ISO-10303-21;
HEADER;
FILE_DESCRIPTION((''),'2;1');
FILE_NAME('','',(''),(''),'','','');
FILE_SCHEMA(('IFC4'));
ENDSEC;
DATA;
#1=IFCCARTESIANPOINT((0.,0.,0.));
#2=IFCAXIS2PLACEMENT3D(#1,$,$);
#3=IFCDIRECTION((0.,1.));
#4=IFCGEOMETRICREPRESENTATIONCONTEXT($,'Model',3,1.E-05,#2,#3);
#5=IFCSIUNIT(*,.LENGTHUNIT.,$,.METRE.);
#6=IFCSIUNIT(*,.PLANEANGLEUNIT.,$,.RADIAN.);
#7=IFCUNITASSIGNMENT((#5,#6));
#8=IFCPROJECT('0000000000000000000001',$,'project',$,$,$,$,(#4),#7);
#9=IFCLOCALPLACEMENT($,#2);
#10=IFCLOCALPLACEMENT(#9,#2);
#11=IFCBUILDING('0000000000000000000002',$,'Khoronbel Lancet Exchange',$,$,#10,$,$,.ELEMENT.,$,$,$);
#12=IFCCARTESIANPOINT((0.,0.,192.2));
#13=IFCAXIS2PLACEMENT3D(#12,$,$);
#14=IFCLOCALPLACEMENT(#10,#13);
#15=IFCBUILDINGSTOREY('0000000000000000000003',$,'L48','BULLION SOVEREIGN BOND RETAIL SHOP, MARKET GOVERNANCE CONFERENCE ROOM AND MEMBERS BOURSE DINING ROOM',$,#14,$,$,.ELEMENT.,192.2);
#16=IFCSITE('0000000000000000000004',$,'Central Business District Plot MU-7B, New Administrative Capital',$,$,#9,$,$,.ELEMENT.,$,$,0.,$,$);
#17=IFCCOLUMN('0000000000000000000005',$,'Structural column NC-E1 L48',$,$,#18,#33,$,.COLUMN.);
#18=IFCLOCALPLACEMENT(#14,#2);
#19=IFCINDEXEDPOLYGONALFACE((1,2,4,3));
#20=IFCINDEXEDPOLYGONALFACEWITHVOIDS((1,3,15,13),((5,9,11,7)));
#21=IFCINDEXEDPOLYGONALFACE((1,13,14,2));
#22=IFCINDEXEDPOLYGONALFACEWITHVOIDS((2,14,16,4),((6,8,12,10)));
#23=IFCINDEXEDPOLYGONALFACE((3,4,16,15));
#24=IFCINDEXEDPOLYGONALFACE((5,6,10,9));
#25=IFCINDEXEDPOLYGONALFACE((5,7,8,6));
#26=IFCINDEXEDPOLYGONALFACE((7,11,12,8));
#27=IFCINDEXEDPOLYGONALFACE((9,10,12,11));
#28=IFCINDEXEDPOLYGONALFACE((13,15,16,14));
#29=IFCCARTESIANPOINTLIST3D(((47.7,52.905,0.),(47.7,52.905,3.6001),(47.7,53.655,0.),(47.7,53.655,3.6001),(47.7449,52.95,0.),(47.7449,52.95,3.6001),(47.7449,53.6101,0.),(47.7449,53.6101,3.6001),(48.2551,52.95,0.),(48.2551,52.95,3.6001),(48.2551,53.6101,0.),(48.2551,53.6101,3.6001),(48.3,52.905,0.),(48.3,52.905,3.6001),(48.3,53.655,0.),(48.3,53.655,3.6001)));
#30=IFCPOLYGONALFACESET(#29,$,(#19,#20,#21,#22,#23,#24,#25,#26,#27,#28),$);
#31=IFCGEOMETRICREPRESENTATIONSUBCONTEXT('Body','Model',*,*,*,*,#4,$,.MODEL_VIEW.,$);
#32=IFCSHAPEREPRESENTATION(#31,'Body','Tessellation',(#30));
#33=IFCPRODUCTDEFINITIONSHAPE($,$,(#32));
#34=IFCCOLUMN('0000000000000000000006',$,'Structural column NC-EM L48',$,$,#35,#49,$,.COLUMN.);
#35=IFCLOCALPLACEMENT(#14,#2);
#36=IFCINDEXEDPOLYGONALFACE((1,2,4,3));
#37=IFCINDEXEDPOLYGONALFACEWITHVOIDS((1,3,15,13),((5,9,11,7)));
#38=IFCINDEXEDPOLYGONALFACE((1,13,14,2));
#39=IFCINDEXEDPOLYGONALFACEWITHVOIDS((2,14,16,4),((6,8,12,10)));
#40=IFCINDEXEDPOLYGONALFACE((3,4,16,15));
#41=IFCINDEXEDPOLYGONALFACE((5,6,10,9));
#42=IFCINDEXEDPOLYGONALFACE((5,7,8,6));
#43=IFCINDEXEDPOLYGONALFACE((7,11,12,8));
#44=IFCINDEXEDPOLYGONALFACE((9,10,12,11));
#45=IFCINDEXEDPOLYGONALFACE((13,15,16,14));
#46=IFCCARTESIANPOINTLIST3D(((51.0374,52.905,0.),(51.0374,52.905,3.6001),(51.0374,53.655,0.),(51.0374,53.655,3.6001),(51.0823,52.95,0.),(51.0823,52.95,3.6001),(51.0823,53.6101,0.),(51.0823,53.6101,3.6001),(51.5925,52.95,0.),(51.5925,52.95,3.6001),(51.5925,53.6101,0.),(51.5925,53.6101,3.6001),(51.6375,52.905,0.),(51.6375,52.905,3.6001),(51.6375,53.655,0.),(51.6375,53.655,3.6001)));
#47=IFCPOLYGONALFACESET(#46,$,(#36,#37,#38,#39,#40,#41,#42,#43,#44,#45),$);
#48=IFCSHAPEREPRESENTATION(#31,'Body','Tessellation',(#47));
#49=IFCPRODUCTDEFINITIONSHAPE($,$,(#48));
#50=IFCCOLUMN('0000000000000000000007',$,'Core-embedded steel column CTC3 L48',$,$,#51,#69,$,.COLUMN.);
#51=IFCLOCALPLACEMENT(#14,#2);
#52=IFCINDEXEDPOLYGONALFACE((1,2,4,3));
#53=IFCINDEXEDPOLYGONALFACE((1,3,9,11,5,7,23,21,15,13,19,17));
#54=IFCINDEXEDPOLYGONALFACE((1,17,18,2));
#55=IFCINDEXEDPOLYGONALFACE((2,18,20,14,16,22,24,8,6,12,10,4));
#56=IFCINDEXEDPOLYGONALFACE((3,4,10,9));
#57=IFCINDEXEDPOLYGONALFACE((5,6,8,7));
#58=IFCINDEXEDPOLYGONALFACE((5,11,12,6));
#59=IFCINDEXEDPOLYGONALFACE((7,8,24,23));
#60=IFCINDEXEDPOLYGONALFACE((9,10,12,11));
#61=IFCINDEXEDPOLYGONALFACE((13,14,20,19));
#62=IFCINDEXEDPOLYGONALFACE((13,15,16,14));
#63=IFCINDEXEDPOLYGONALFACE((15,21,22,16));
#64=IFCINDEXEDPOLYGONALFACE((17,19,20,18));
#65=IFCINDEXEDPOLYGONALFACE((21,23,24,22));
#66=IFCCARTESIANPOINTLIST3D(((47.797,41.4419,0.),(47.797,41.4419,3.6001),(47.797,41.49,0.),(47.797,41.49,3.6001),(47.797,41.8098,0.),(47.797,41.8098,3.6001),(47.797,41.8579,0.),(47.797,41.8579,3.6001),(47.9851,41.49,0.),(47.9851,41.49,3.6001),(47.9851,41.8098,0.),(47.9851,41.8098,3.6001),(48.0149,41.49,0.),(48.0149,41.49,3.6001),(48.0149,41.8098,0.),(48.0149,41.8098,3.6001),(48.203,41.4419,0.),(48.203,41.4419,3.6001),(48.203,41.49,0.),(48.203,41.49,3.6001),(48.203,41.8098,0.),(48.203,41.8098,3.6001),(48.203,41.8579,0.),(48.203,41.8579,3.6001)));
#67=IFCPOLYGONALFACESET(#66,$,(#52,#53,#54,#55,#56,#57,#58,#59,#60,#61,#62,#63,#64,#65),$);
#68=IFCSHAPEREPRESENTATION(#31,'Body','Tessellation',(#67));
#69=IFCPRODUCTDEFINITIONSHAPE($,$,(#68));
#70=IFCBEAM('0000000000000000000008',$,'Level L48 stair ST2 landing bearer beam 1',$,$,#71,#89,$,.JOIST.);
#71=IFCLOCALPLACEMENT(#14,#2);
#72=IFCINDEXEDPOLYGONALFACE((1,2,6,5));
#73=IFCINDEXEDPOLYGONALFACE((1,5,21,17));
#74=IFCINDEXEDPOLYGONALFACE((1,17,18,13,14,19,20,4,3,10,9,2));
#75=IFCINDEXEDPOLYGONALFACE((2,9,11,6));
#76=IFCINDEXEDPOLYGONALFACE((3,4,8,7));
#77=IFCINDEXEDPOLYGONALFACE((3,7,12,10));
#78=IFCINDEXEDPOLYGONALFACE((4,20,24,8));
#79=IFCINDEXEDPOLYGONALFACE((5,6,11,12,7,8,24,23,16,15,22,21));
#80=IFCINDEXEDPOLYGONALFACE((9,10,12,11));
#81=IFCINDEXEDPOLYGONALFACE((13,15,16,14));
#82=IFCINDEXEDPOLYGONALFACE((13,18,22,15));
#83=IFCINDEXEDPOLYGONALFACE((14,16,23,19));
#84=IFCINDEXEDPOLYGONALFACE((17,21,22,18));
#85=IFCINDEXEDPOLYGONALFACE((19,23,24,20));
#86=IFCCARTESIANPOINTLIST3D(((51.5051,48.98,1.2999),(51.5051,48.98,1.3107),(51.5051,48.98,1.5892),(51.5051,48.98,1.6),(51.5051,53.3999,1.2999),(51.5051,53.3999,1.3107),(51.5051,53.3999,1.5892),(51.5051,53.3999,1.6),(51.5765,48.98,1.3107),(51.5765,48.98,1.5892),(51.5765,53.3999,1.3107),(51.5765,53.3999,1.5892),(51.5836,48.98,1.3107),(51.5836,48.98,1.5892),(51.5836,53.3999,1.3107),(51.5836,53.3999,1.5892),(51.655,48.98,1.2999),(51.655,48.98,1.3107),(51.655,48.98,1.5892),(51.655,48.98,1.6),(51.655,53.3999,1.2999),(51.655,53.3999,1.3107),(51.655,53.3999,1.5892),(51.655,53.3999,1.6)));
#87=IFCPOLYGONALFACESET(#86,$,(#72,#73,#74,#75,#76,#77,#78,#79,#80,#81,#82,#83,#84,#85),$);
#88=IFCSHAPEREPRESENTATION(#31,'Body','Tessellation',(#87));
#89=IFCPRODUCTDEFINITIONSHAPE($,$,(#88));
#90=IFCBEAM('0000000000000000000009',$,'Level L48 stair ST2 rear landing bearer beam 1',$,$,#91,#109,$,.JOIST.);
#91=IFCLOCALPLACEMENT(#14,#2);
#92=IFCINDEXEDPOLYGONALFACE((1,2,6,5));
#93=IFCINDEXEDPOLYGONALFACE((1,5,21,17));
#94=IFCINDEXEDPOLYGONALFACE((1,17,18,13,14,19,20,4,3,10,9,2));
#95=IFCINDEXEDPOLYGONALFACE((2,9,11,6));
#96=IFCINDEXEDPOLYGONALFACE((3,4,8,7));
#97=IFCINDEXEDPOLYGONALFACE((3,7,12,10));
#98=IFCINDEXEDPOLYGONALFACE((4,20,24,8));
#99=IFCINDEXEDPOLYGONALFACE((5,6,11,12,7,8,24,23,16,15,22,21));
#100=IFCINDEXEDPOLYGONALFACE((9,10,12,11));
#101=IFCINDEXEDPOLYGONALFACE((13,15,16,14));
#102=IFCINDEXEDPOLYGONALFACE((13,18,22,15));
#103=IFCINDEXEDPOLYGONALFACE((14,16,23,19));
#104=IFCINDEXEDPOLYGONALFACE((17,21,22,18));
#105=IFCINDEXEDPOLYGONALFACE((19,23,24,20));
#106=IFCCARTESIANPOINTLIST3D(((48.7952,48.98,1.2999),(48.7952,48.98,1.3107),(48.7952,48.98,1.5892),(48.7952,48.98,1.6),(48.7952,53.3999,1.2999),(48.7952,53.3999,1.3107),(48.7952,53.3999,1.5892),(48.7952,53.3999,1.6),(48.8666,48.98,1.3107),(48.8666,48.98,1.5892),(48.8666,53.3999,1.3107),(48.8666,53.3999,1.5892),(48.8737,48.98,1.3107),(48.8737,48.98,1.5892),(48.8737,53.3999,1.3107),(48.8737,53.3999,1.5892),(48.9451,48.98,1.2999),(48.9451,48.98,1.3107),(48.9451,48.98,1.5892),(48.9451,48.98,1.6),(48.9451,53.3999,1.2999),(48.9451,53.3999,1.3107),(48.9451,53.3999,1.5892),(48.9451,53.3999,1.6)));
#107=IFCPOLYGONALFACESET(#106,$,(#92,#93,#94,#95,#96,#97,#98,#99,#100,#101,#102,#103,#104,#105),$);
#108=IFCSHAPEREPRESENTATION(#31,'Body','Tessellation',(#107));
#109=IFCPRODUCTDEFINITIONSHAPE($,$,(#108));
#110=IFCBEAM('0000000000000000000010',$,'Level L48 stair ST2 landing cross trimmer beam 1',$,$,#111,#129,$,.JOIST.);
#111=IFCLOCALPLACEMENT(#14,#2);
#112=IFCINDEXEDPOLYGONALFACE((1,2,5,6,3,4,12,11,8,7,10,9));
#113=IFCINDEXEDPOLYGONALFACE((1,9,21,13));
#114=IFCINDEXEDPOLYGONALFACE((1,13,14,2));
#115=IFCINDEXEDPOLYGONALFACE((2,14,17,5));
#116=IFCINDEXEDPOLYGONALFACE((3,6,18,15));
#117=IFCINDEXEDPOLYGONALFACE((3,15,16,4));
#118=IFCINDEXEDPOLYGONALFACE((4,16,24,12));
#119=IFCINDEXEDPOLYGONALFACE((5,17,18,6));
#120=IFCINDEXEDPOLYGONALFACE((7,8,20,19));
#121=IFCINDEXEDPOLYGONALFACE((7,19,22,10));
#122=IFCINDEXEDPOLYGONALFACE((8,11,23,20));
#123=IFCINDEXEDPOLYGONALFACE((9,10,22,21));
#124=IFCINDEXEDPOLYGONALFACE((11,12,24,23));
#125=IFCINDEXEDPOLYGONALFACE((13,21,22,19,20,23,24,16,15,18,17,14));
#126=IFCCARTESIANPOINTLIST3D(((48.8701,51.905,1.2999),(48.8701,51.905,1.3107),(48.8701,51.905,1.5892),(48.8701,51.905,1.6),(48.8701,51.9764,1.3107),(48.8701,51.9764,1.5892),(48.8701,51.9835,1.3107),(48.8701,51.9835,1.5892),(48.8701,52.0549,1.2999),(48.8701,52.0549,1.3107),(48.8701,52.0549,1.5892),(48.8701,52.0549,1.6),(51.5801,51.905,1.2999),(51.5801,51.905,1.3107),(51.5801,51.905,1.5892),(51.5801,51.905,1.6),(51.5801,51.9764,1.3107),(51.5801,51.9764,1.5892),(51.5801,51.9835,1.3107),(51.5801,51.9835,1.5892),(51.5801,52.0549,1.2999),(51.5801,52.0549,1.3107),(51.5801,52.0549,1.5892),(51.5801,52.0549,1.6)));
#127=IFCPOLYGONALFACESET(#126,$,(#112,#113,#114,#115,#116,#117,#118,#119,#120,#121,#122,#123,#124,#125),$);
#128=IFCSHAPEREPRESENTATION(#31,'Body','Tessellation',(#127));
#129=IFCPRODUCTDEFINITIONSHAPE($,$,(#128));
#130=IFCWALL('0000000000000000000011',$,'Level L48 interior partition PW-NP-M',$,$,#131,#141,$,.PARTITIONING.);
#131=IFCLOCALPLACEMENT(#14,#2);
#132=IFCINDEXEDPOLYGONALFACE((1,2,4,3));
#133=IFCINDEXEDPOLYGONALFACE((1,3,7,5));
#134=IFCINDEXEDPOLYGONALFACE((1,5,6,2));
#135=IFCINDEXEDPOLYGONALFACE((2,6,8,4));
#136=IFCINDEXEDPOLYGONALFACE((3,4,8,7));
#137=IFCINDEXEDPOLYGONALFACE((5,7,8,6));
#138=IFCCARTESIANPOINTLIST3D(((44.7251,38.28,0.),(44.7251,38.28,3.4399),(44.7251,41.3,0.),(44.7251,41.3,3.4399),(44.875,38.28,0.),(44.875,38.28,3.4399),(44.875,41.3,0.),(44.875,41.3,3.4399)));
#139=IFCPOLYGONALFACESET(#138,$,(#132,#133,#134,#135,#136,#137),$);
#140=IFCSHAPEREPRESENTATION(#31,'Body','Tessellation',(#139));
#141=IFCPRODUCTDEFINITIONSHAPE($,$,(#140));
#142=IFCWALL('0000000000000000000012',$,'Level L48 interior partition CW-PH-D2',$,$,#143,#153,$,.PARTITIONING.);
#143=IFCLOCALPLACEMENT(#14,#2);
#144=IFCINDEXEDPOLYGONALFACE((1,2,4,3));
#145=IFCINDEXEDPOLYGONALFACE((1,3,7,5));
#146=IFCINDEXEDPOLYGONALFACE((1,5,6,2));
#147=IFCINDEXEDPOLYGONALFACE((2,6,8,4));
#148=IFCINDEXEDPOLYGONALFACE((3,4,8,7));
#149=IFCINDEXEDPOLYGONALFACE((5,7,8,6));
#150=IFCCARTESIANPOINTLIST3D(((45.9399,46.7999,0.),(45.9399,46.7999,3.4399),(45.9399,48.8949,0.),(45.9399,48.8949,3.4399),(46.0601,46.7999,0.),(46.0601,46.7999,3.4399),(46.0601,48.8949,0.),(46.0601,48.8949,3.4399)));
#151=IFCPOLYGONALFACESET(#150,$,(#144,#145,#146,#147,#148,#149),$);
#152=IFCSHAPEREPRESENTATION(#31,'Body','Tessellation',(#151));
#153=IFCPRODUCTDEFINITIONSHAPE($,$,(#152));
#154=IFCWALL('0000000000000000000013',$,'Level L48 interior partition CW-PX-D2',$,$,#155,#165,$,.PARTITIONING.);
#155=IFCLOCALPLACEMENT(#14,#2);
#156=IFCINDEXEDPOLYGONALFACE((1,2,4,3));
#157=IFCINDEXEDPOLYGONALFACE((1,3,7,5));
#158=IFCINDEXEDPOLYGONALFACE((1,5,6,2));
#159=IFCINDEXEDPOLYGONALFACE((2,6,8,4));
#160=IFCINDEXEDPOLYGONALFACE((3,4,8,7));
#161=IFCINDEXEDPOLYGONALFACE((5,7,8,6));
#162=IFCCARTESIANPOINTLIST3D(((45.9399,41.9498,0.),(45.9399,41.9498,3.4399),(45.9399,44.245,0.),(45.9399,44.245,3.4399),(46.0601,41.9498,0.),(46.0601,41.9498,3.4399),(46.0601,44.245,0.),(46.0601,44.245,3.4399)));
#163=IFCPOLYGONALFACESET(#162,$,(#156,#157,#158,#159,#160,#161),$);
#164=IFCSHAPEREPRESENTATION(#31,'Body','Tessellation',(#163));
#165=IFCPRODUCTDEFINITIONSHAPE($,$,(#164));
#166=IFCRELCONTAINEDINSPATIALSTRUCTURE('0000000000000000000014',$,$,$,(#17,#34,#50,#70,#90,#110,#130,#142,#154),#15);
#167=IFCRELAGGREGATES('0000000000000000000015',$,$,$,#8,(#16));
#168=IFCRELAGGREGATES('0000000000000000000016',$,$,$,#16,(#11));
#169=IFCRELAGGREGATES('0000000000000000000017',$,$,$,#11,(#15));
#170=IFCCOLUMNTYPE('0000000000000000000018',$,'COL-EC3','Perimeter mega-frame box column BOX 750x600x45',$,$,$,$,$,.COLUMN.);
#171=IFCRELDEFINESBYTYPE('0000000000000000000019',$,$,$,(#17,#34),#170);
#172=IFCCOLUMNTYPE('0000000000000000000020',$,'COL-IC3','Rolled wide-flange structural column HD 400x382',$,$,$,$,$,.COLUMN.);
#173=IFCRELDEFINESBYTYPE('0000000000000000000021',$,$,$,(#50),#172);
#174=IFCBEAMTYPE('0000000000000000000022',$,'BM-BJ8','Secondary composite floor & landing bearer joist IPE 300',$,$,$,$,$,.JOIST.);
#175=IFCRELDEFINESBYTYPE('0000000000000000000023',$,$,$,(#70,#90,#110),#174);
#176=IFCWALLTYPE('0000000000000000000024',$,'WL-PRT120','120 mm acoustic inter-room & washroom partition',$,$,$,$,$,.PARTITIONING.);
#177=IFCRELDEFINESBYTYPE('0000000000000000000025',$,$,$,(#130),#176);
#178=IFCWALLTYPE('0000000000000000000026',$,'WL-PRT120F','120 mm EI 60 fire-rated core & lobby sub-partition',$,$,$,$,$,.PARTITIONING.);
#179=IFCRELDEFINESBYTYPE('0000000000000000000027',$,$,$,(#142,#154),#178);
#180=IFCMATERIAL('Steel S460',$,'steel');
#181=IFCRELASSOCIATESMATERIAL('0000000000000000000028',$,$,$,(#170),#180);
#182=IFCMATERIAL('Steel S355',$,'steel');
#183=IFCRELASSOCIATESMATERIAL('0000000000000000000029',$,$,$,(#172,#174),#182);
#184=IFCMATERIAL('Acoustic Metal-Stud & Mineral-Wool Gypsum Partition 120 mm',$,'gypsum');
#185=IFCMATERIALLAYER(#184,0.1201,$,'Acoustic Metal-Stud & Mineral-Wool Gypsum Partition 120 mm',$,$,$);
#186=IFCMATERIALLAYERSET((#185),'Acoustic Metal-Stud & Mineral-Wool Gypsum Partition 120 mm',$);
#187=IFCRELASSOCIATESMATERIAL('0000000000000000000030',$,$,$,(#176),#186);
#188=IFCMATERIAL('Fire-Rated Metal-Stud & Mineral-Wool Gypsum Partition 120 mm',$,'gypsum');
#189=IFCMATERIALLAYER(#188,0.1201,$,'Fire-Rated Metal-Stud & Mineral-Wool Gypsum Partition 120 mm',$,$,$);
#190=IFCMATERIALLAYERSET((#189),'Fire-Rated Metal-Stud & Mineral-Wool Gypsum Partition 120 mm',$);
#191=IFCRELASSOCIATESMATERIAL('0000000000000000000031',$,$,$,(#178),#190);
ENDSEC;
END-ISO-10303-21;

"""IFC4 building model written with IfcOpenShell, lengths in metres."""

from ifc_helpers import new_model, si_unit, direction, frame, frame_2d, origin, origin_2d, place, context, subcontext, project, spatial, rectangle, hollow_rectangle, i_section, extrude, material, layer, layer_set, material_profile, profile_set, type_object, element, save


model = new_model("IFC4")

# Units and contexts
model_context = context("Model", 3, precision=1e-05, world=origin(), true_north=direction((0.0, 1.0)))
body_context = subcontext(model_context, "Body", "Model", "MODEL_VIEW")
ifc_project = project(units=[si_unit("LENGTHUNIT", "METRE"), si_unit("PLANEANGLEUNIT", "RADIAN")], contexts=[model_context])

# Site, building, storey
site_placement = place(None, origin())
site = spatial("IfcSite", under=ifc_project, at=site_placement, Name="Central Business District Plot MU-7B, New Administrative Capital", CompositionType="ELEMENT", RefElevation=0.0)
building_placement = place(site_placement, origin())
building = spatial("IfcBuilding", under=site, at=building_placement, Name="Khoronbel Lancet Exchange", CompositionType="ELEMENT")
storey_placement = place(building_placement, frame((0.0, 0.0, 192.2)))
storey = spatial("IfcBuildingStorey", under=building, at=storey_placement, Name="L48", Description="BULLION SOVEREIGN BOND RETAIL SHOP, MARKET GOVERNANCE CONFERENCE ROOM AND MEMBERS BOURSE DINING ROOM", CompositionType="ELEMENT", Elevation=192.2)

# Columns
ifc_material_1 = material(Name="Steel S460", Category="steel")
ifc_material_profile_1 = material_profile(ifc_material_1, hollow_rectangle(XDim=0.6001, YDim=0.75, WallThickness=0.0449, at=origin_2d()), Name="BOX 750x600x45")
ifc_profile_set_1 = profile_set([ifc_material_profile_1], Name="Steel S460")
column_type_1 = type_object("IfcColumnType", Name="COL-EC3", Description="Perimeter mega-frame box column BOX 750x600x45", PredefinedType="COLUMN", material=ifc_profile_set_1)
for number, where, z_axis, x_axis, name in (
    (1, (48.0, 53.28, 0.0), (0.0, 0.0, 1.0), (1.0, 0.0, 0.0), "Structural column NC-E1 L48"),
    (2, (51.3374, 53.28, 0.0), (0.0, 0.0, 1.0), (1.0, 0.0, 0.0), "Structural column NC-EM L48"),
):
    element("IfcColumn", number, at=place(storey_placement, frame(where, z_axis=z_axis, x_axis=x_axis)), inside=storey, type_object=column_type_1, Name=name, PredefinedType="COLUMN", context=body_context, shape_type="SweptSolid", body=[
        extrude(hollow_rectangle(XDim=0.6001, YDim=0.75, WallThickness=0.0449, at=origin_2d()), origin(), (0.0, 0.0, 1.0), 3.6001),
    ])
ifc_material_2 = material(Name="Steel S355", Category="steel")
ifc_material_profile_2 = material_profile(ifc_material_2, i_section(OverallWidth=0.406, OverallDepth=0.416, WebThickness=0.0298, FlangeThickness=0.0481, at=origin_2d()), Name="HD 400x382")
ifc_profile_set_2 = profile_set([ifc_material_profile_2], Name="Steel S355")
column_type_2 = type_object("IfcColumnType", Name="COL-IC3", Description="Rolled wide-flange structural column HD 400x382", PredefinedType="COLUMN", material=ifc_profile_set_2)
column_placement = place(storey_placement, frame((48.0, 41.6499, 0.0), z_axis=(0.0, 0.0, 1.0), x_axis=(1.0, 0.0, 0.0)))
element("IfcColumn", 3, at=column_placement, inside=storey, type_object=column_type_2, Name="Core-embedded steel column CTC3 L48", PredefinedType="COLUMN", context=body_context, shape_type="SweptSolid", body=[
    extrude(i_section(OverallWidth=0.406, OverallDepth=0.416, WebThickness=0.0298, FlangeThickness=0.0481, at=origin_2d()), origin(), (0.0, 0.0, 1.0), 3.6001),
])

# Beams
ifc_material_profile_3 = material_profile(ifc_material_2, i_section(OverallWidth=0.1499, OverallDepth=0.3, WebThickness=0.0071, FlangeThickness=0.0107, at=origin_2d()), Name="IPE 300")
ifc_profile_set_3 = profile_set([ifc_material_profile_3], Name="Steel S355")
beam_type = type_object("IfcBeamType", Name="BM-BJ8", Description="Secondary composite floor & landing bearer joist IPE 300", PredefinedType="JOIST", material=ifc_profile_set_3)
for number, where, z_axis, x_axis, name in (
    (4, (51.5801, 48.98, 1.45), (0.0, 1.0, 0.0), (-1.0, 0.0, 0.0), "Level L48 stair ST2 landing bearer beam 1"),
    (5, (48.8701, 48.98, 1.45), (0.0, 1.0, 0.0), (-1.0, 0.0, 0.0), "Level L48 stair ST2 rear landing bearer beam 1"),
):
    element("IfcBeam", number, at=place(storey_placement, frame(where, z_axis=z_axis, x_axis=x_axis)), inside=storey, type_object=beam_type, Name=name, PredefinedType="JOIST", context=body_context, shape_type="SweptSolid", body=[
        extrude(i_section(OverallWidth=0.1499, OverallDepth=0.3, WebThickness=0.0071, FlangeThickness=0.0107, at=origin_2d()), origin(), (0.0, 0.0, 1.0), 4.4199),
    ])
beam_placement = place(storey_placement, frame((48.8701, 51.98, 1.45), z_axis=(1.0, 0.0, 0.0), x_axis=(0.0, 1.0, 0.0)))
element("IfcBeam", 6, at=beam_placement, inside=storey, type_object=beam_type, Name="Level L48 stair ST2 landing cross trimmer beam 1", PredefinedType="JOIST", context=body_context, shape_type="SweptSolid", body=[
    extrude(i_section(OverallWidth=0.1499, OverallDepth=0.3, WebThickness=0.0071, FlangeThickness=0.0107, at=origin_2d()), origin(), (0.0, 0.0, 1.0), 2.71),
])

# Walls
ifc_material_3 = material(Name="Acoustic Metal-Stud & Mineral-Wool Gypsum Partition 120 mm", Category="gypsum")
ifc_layer_1 = layer(ifc_material_3, 0.1201, Name="Acoustic Metal-Stud & Mineral-Wool Gypsum Partition 120 mm")
ifc_layer_set_1 = layer_set([ifc_layer_1], Name="Acoustic Metal-Stud & Mineral-Wool Gypsum Partition 120 mm")
wall_type_1 = type_object("IfcWallType", Name="WL-PRT120", Description="120 mm acoustic inter-room & washroom partition", PredefinedType="PARTITIONING", material=ifc_layer_set_1)
wall_1_placement = place(storey_placement, frame((44.8, 38.28, 0.0), z_axis=(0.0, 0.0, 1.0), x_axis=(0.0, 1.0, 0.0)))
element("IfcWall", 7, at=wall_1_placement, inside=storey, type_object=wall_type_1, Name="Level L48 interior partition PW-NP-M", PredefinedType="PARTITIONING", context=body_context, shape_type="SweptSolid", body=[
    extrude(rectangle(XDim=3.02, YDim=0.1499, at=frame_2d((1.51, 0.0))), origin(), (0.0, 0.0, 1.0), 3.4399),
])
ifc_material_4 = material(Name="Fire-Rated Metal-Stud & Mineral-Wool Gypsum Partition 120 mm", Category="gypsum")
ifc_layer_2 = layer(ifc_material_4, 0.1201, Name="Fire-Rated Metal-Stud & Mineral-Wool Gypsum Partition 120 mm")
ifc_layer_set_2 = layer_set([ifc_layer_2], Name="Fire-Rated Metal-Stud & Mineral-Wool Gypsum Partition 120 mm")
wall_type_2 = type_object("IfcWallType", Name="WL-PRT120F", Description="120 mm EI 60 fire-rated core & lobby sub-partition", PredefinedType="PARTITIONING", material=ifc_layer_set_2)
wall_2_placement = place(storey_placement, frame((46.0, 46.8, 0.0), z_axis=(0.0, 0.0, 1.0), x_axis=(0.0, 1.0, 0.0)))
element("IfcWall", 8, at=wall_2_placement, inside=storey, type_object=wall_type_2, Name="Level L48 interior partition CW-PH-D2", PredefinedType="PARTITIONING", context=body_context, shape_type="SweptSolid", body=[
    extrude(rectangle(XDim=2.095, YDim=0.1201, at=frame_2d((1.0474, 0.0))), origin(), (0.0, 0.0, 1.0), 3.4399),
])
wall_3_placement = place(storey_placement, frame((46.0, 41.95, 0.0), z_axis=(0.0, 0.0, 1.0), x_axis=(0.0, 1.0, 0.0)))
element("IfcWall", 9, at=wall_3_placement, inside=storey, type_object=wall_type_2, Name="Level L48 interior partition CW-PX-D2", PredefinedType="PARTITIONING", context=body_context, shape_type="SweptSolid", body=[
    extrude(rectangle(XDim=2.2952, YDim=0.1201, at=frame_2d((1.1475, 0.0))), origin(), (0.0, 0.0, 1.0), 3.4399),
])

save(model, "model.ifc")
